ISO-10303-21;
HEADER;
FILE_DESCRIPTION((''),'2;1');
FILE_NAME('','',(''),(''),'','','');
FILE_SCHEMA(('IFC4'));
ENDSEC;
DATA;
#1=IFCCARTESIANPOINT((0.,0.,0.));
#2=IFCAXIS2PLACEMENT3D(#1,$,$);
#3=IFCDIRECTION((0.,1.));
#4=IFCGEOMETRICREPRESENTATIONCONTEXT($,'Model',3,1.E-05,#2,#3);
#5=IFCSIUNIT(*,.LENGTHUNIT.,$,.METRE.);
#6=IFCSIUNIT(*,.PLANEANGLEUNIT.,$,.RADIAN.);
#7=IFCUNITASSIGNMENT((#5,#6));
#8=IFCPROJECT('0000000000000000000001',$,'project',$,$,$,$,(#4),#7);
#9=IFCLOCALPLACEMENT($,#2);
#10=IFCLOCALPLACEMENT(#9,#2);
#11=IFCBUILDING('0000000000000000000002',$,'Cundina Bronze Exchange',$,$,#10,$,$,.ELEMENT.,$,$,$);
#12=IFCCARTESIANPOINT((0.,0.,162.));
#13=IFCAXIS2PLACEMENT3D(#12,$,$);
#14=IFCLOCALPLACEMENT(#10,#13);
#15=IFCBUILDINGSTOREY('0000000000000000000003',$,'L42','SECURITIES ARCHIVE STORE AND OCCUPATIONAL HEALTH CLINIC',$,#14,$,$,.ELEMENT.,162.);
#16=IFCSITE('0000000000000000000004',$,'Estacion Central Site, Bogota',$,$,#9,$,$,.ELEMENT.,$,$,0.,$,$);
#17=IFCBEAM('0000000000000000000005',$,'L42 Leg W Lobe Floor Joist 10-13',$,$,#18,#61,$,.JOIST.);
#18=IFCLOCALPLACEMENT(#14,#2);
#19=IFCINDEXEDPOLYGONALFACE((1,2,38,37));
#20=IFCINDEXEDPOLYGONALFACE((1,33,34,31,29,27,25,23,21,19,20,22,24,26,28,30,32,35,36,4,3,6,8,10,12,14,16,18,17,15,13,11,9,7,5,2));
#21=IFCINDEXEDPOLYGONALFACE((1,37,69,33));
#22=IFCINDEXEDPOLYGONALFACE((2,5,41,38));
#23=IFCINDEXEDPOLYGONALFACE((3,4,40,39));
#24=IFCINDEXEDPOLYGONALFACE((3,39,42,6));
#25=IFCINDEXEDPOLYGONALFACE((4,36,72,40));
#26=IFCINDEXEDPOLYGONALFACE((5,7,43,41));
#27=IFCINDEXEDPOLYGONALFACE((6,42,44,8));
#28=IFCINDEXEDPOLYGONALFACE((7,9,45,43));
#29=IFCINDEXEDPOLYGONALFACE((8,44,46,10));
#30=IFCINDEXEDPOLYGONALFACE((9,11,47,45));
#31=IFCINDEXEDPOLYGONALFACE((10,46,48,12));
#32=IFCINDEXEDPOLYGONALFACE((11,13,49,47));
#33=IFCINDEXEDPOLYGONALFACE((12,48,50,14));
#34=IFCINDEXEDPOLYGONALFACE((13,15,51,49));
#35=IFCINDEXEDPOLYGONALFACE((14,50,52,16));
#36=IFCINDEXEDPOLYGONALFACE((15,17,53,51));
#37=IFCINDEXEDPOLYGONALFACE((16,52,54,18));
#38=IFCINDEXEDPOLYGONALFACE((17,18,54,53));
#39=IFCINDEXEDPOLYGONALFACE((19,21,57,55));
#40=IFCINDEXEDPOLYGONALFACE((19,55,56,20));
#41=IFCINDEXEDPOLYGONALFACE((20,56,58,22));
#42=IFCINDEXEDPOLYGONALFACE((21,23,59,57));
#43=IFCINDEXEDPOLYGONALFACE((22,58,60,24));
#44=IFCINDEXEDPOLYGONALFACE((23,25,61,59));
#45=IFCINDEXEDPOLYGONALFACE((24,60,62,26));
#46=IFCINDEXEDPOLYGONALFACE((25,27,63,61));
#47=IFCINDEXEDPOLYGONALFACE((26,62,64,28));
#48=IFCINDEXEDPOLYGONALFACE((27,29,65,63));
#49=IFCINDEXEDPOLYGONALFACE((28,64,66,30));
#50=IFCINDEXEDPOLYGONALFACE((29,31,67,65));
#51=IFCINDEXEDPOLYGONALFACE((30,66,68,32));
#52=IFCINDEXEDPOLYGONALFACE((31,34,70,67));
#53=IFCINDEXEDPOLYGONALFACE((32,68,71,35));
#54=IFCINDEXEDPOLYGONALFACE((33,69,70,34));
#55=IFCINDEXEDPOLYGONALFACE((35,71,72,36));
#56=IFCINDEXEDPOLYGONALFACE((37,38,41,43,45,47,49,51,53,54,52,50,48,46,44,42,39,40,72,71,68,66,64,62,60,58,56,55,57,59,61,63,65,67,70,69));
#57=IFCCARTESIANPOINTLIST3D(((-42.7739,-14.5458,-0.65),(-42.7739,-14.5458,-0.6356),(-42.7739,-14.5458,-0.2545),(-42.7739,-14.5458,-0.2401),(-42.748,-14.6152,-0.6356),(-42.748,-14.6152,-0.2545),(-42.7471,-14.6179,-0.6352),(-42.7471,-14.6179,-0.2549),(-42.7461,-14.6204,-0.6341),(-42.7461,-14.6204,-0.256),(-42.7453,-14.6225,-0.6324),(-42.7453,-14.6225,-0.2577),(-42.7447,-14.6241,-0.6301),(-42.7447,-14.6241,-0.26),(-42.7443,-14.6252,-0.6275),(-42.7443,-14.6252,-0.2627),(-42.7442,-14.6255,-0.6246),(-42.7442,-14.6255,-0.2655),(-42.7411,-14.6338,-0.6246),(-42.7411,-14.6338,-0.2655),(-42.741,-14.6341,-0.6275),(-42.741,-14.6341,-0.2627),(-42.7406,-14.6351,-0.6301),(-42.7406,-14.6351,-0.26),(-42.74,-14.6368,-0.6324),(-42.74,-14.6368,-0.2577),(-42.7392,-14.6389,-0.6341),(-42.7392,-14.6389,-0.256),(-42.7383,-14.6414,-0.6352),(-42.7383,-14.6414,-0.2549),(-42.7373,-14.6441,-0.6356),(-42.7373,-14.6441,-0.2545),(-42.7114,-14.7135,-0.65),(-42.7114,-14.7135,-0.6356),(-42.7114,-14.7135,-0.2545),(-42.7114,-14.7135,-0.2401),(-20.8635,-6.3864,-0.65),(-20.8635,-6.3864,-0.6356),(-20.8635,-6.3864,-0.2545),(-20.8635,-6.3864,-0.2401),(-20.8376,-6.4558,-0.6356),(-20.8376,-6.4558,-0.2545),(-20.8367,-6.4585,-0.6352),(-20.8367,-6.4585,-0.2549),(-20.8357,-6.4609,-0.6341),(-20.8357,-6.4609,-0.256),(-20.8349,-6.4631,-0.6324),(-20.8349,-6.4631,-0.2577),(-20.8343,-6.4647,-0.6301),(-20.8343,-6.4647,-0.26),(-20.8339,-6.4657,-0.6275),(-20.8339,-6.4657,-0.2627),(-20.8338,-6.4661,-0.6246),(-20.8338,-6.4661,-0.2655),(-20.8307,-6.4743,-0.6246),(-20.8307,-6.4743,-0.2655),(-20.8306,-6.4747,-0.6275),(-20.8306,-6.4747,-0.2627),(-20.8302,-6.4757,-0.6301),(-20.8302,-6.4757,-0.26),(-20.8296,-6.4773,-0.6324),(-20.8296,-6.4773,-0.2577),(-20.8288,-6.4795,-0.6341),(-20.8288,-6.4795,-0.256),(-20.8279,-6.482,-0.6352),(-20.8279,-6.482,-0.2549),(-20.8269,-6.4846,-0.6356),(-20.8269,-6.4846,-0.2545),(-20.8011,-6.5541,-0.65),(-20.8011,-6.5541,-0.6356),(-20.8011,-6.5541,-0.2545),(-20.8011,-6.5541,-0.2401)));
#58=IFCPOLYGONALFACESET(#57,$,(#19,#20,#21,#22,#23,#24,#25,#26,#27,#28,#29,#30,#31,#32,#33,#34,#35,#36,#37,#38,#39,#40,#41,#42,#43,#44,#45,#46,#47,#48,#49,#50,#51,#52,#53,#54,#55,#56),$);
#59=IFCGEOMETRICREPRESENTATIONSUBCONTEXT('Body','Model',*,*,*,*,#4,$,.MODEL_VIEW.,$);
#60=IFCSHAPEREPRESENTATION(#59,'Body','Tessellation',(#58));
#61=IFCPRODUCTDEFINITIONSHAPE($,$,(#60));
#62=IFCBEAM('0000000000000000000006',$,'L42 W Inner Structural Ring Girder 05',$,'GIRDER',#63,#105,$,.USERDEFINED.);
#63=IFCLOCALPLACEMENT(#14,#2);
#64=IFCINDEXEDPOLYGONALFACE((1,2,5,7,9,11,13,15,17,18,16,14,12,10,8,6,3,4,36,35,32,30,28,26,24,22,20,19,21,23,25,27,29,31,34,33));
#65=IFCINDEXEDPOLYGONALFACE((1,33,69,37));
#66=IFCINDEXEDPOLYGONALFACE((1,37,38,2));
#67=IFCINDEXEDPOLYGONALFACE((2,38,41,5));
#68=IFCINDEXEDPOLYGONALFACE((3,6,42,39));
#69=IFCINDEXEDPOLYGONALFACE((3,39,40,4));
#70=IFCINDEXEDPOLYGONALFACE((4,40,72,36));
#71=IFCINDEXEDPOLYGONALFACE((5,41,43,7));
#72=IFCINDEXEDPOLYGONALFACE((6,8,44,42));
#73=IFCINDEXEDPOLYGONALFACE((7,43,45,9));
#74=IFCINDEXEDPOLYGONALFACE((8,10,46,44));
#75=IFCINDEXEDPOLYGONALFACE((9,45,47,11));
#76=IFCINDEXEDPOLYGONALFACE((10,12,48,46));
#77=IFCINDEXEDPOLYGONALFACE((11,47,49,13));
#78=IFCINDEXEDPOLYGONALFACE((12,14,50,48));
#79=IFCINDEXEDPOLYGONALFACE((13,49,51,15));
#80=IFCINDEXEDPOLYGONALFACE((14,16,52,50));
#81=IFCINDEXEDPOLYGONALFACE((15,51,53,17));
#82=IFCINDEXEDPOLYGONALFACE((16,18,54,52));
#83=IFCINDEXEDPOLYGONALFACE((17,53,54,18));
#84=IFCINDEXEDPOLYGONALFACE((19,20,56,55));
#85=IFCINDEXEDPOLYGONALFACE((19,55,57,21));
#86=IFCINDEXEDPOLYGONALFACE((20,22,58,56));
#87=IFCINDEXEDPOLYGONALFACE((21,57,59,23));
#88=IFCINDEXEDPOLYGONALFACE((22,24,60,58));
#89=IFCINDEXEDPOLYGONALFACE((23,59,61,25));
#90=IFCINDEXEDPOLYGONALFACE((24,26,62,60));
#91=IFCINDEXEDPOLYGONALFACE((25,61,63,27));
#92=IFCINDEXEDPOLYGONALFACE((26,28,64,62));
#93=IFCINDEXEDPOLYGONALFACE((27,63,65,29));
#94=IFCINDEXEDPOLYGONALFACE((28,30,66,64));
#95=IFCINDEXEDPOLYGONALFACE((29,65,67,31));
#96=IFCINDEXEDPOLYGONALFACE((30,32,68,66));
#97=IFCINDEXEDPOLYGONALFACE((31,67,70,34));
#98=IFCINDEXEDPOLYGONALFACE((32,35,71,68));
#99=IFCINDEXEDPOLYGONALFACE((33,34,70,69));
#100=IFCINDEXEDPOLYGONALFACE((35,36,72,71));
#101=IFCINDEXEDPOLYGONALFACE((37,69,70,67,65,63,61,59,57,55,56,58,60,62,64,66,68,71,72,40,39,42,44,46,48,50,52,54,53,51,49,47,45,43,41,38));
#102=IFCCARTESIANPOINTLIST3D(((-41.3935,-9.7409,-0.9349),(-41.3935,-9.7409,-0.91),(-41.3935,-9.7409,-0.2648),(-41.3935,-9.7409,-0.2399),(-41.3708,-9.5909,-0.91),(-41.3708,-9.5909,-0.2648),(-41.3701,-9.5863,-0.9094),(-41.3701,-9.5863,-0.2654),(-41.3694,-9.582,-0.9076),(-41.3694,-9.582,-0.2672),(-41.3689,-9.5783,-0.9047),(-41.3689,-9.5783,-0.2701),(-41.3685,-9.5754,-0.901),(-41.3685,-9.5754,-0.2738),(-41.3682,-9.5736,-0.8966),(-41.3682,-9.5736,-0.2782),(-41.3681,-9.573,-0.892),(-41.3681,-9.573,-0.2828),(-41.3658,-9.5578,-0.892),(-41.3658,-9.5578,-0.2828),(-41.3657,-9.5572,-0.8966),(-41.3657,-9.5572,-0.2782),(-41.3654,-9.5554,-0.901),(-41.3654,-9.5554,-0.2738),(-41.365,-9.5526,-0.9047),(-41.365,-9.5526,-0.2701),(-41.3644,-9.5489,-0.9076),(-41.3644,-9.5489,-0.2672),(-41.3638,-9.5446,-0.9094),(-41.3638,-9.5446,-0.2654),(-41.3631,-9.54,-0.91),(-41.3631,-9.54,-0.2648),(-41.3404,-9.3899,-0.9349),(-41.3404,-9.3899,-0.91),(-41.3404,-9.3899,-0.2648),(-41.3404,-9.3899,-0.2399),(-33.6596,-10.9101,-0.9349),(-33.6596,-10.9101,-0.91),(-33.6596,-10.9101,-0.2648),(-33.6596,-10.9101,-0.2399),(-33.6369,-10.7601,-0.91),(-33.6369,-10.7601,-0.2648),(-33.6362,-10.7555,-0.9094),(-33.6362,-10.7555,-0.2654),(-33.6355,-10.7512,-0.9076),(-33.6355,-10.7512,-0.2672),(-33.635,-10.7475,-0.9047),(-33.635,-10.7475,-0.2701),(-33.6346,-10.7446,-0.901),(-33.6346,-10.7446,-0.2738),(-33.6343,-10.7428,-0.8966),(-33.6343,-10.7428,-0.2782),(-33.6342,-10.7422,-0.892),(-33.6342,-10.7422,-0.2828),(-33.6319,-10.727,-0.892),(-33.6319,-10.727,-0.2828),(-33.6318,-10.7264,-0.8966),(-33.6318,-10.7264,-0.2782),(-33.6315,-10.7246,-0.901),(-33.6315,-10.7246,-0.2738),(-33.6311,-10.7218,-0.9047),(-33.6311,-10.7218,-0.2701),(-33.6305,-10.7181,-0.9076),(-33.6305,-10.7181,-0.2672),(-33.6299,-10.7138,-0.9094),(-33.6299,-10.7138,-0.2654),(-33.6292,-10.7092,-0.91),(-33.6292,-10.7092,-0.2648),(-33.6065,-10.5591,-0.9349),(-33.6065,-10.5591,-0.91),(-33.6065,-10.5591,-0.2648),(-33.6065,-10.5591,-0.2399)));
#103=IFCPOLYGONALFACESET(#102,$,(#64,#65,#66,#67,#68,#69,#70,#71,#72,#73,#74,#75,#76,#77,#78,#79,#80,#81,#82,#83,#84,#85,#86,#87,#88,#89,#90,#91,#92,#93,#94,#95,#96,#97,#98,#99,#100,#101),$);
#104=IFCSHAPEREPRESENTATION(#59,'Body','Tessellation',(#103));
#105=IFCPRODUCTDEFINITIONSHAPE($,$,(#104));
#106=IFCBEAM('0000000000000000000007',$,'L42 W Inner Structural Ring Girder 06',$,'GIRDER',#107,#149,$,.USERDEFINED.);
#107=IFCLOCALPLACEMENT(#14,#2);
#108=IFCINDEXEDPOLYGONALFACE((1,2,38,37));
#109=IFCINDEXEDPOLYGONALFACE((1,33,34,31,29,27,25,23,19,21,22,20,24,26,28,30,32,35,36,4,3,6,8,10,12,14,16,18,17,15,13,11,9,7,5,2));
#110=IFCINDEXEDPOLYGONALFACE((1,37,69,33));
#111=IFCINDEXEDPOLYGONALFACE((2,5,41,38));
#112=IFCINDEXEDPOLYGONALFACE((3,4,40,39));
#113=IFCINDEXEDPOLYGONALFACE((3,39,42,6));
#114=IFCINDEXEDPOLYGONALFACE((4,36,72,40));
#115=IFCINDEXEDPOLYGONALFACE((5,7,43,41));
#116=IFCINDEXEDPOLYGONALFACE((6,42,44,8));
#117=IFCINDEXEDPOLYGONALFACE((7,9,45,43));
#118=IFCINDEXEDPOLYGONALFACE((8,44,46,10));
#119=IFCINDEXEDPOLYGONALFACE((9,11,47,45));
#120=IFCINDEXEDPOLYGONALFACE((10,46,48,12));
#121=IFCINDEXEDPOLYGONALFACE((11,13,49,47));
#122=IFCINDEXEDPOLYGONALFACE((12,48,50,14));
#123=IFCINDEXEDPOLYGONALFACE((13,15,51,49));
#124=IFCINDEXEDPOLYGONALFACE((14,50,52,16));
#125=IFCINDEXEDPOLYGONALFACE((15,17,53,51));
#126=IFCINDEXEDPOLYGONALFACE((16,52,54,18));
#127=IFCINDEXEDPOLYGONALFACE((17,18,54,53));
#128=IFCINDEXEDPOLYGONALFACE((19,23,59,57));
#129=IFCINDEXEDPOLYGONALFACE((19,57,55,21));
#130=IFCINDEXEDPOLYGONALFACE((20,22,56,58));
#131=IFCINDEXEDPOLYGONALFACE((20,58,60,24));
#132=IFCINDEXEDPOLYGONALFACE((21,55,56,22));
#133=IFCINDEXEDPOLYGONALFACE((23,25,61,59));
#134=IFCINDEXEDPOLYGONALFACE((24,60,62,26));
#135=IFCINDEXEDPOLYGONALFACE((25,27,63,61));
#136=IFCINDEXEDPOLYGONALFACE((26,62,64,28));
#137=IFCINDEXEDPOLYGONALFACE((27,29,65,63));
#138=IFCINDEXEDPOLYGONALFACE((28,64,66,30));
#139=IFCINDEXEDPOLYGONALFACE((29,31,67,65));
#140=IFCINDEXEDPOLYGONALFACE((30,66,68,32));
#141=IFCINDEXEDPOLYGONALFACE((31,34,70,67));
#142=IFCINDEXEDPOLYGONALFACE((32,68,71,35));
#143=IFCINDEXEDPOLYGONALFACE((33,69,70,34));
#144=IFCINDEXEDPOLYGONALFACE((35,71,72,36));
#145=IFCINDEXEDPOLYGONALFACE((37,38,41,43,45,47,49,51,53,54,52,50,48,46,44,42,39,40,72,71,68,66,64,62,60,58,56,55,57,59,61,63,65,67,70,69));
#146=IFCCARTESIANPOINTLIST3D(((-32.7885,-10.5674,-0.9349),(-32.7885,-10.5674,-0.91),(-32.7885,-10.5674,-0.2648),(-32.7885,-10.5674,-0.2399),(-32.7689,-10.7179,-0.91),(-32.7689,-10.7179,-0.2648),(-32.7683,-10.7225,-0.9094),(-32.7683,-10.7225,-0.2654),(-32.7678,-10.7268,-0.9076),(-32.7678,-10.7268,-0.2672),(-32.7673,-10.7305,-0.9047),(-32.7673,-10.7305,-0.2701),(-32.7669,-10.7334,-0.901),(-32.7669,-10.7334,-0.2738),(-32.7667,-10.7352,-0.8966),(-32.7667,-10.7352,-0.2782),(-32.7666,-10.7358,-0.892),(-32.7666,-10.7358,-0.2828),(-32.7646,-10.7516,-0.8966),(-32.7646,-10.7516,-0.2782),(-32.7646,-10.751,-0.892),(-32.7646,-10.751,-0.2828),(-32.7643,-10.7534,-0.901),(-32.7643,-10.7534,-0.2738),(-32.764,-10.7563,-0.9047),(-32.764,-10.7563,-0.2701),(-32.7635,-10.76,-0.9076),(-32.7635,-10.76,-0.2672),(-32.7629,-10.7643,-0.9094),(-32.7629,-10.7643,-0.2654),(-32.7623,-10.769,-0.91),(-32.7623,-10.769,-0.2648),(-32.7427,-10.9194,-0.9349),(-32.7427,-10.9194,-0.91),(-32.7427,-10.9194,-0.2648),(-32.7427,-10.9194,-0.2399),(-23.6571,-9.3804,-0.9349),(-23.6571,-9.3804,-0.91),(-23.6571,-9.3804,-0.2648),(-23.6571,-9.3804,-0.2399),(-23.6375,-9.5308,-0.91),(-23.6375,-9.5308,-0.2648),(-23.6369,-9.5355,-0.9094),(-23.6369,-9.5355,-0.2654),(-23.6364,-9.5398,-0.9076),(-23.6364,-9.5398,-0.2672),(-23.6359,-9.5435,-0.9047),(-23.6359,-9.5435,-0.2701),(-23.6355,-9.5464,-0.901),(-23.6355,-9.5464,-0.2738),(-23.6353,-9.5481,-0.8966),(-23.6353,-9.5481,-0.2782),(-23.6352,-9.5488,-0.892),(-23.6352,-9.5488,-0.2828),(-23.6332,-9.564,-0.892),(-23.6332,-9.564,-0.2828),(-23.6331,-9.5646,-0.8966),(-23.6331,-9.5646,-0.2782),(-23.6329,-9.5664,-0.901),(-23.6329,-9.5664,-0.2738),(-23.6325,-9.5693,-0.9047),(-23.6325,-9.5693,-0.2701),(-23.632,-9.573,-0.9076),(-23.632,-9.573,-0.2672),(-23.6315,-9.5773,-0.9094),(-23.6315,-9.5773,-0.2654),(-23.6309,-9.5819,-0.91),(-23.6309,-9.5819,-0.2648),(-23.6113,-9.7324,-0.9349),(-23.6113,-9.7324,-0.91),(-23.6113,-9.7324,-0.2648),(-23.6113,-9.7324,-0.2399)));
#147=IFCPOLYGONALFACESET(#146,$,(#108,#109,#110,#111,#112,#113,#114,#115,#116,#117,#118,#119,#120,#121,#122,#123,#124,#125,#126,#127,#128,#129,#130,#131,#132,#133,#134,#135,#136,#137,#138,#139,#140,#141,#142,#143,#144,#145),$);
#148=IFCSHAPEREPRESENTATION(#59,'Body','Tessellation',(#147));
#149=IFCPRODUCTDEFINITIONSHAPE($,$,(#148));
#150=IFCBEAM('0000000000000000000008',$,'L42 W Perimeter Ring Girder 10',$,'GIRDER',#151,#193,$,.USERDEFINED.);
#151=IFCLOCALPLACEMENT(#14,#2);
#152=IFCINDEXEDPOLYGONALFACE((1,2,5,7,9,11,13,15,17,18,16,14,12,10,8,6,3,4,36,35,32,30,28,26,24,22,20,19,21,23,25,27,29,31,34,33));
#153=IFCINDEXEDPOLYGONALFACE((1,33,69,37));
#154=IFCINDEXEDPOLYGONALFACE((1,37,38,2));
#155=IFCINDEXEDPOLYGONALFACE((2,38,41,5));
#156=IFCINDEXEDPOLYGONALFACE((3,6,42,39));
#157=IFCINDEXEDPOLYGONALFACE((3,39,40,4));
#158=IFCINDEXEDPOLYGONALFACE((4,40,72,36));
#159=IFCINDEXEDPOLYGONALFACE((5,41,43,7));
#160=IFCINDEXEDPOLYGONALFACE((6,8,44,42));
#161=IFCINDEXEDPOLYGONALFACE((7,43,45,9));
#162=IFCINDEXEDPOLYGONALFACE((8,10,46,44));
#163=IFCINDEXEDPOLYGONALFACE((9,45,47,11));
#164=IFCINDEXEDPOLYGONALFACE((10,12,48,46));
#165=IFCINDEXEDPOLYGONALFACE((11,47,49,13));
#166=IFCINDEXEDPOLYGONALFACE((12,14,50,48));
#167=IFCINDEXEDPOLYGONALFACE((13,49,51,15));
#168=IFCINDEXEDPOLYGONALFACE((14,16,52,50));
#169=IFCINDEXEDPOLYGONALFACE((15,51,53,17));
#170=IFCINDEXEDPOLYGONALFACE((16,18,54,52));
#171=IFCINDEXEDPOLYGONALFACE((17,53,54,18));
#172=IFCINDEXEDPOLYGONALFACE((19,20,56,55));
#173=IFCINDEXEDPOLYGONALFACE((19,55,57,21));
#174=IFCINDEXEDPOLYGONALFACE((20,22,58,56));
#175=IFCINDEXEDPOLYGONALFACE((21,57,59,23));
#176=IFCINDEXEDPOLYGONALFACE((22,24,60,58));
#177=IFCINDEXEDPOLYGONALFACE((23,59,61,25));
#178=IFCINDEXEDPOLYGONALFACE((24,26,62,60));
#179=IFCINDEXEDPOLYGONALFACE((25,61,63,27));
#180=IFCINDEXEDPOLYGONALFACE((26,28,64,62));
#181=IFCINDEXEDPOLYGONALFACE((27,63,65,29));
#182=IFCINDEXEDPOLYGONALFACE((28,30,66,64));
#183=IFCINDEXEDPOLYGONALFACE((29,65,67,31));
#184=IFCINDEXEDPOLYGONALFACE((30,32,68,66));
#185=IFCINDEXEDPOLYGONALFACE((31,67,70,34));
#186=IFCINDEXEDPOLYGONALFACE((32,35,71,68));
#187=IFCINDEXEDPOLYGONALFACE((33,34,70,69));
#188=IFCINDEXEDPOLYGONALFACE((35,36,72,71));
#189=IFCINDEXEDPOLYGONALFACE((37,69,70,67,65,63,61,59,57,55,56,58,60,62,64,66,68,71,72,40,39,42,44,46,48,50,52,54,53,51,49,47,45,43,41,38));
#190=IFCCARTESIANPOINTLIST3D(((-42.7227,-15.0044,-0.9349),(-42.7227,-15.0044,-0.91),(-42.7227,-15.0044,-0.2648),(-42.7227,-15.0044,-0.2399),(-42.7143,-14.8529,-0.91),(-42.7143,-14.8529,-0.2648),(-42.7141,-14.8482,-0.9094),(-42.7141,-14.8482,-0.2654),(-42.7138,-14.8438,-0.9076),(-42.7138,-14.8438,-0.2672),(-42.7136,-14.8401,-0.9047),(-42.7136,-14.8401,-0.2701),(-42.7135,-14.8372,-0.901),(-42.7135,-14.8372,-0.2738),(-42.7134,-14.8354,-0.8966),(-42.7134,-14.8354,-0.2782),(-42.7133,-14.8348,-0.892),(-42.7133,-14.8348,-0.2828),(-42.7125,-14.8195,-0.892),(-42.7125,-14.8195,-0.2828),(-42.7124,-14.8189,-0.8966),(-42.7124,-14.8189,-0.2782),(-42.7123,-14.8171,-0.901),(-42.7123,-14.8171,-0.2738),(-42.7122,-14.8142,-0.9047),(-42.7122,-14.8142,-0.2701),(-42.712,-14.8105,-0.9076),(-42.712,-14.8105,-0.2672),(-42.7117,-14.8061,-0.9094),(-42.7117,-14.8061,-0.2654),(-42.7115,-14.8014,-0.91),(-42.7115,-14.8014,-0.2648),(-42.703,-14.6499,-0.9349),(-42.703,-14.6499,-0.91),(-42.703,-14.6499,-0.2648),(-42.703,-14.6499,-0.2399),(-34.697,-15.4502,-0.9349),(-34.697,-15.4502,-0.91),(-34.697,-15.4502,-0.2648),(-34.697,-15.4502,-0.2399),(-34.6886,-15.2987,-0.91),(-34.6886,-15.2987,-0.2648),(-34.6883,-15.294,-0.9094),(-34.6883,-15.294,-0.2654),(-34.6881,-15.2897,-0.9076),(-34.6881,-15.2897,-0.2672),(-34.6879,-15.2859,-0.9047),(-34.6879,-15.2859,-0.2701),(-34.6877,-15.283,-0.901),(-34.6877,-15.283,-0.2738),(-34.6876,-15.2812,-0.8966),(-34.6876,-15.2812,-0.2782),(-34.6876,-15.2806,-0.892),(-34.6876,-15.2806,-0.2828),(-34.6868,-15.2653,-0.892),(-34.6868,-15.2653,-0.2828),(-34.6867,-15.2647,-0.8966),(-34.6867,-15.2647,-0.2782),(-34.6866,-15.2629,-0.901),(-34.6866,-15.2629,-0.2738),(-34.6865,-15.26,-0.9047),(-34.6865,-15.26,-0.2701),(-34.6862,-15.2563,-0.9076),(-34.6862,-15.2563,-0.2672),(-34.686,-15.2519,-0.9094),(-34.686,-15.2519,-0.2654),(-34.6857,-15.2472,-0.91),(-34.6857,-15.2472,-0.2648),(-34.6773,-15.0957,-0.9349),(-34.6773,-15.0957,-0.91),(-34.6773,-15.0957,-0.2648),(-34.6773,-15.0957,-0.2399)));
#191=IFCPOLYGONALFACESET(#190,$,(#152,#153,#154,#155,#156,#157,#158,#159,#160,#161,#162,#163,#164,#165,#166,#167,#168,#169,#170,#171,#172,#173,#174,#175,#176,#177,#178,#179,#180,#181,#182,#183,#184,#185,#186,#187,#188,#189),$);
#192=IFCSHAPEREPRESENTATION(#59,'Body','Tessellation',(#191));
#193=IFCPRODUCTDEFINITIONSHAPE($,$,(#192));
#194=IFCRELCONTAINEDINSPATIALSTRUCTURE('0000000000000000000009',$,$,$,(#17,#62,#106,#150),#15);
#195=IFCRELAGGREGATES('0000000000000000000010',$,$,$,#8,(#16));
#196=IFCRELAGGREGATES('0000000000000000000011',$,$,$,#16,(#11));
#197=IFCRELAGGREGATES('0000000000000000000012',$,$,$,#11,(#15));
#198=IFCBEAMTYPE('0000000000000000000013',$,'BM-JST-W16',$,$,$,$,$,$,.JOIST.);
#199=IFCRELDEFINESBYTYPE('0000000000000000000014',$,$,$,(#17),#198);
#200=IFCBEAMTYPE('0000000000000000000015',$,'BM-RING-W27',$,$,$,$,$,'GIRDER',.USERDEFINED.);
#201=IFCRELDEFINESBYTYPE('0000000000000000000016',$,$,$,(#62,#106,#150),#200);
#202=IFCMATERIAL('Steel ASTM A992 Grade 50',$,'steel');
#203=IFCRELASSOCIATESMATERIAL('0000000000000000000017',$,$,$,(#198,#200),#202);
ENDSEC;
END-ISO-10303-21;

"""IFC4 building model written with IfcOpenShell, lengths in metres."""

from ifc_helpers import new_model, si_unit, direction, frame, origin, origin_2d, place, context, subcontext, project, spatial, i_section, extrude, material, material_profile, profile_set, type_object, element, save


model = new_model("IFC4")

# Units and contexts
model_context = context("Model", 3, precision=1e-05, world=origin(), true_north=direction((0.0, 1.0)))
body_context = subcontext(model_context, "Body", "Model", "MODEL_VIEW")
ifc_project = project(units=[si_unit("LENGTHUNIT", "METRE"), si_unit("PLANEANGLEUNIT", "RADIAN")], contexts=[model_context])

# Site, building, storey
site_placement = place(None, origin())
site = spatial("IfcSite", under=ifc_project, at=site_placement, Name="Estacion Central Site, Bogota", CompositionType="ELEMENT", RefElevation=0.0)
building_placement = place(site_placement, origin())
building = spatial("IfcBuilding", under=site, at=building_placement, Name="Cundina Bronze Exchange", CompositionType="ELEMENT")
storey_placement = place(building_placement, frame((0.0, 0.0, 162.0)))
storey = spatial("IfcBuildingStorey", under=building, at=storey_placement, Name="L42", Description="SECURITIES ARCHIVE STORE AND OCCUPATIONAL HEALTH CLINIC", CompositionType="ELEMENT", Elevation=162.0)

# Beams
ifc_material_1 = material(Name="Steel ASTM A992 Grade 50", Category="steel")
ifc_material_profile_1 = material_profile(ifc_material_1, i_section(OverallWidth=0.179, OverallDepth=0.4099, WebThickness=0.0088, FlangeThickness=0.0144, FilletRadius=0.011, at=origin_2d()), Name="W16X45", Category="steel")
ifc_profile_set_1 = profile_set([ifc_material_profile_1], Name="Steel ASTM A992 Grade 50")
beam_type_1 = type_object("IfcBeamType", Name="BM-JST-W16", PredefinedType="JOIST", material=ifc_profile_set_1)
beam_1_placement = place(storey_placement, frame((-42.7427, -14.6296, -0.4451), z_axis=(0.937128, 0.348986, 0.0), x_axis=(-0.348986, 0.937128, 0.0)))
element("IfcBeam", 1, at=beam_1_placement, inside=storey, type_object=beam_type_1, Name="L42 Leg W Lobe Floor Joist 10-13", PredefinedType="JOIST", context=body_context, shape_type="SweptSolid", body=[
    extrude(i_section(OverallWidth=0.179, OverallDepth=0.4099, WebThickness=0.0088, FlangeThickness=0.0144, FilletRadius=0.011, at=origin_2d()), origin(), (0.0, 0.0, 1.0), 23.3804),
])
ifc_material_profile_2 = material_profile(ifc_material_1, i_section(OverallWidth=0.355, OverallDepth=0.6951, WebThickness=0.0154, FlangeThickness=0.0249, FilletRadius=0.0181, at=origin_2d()), Name="W27X146", Category="steel")
ifc_profile_set_2 = profile_set([ifc_material_profile_2], Name="Steel ASTM A992 Grade 50")
beam_type_2 = type_object("IfcBeamType", Name="BM-RING-W27", ElementType="GIRDER", PredefinedType="USERDEFINED", material=ifc_profile_set_2)
beam_2_placement = place(storey_placement, frame((-41.3669, -9.5654, -0.5874), z_axis=(0.988765, -0.149479, 0.0), x_axis=(0.149479, 0.988765, 0.0)))
element("IfcBeam", 2, at=beam_2_placement, inside=storey, type_object=beam_type_2, Name="L42 W Inner Structural Ring Girder 05", ObjectType="GIRDER", PredefinedType="USERDEFINED", context=body_context, shape_type="SweptSolid", body=[
    extrude(i_section(OverallWidth=0.355, OverallDepth=0.6951, WebThickness=0.0154, FlangeThickness=0.0249, FilletRadius=0.0181, at=origin_2d()), origin(), (0.0, 0.0, 1.0), 7.8218),
])
beam_3_placement = place(storey_placement, frame((-32.7656, -10.7434, -0.5874), z_axis=(0.991656, 0.128908, 0.0), x_axis=(-0.128908, 0.991656, 0.0)))
element("IfcBeam", 3, at=beam_3_placement, inside=storey, type_object=beam_type_2, Name="L42 W Inner Structural Ring Girder 06", ObjectType="GIRDER", PredefinedType="USERDEFINED", context=body_context, shape_type="SweptSolid", body=[
    extrude(i_section(OverallWidth=0.355, OverallDepth=0.6951, WebThickness=0.0154, FlangeThickness=0.0249, FilletRadius=0.0181, at=origin_2d()), origin(), (0.0, 0.0, 1.0), 9.2083),
])
for number, where, z_axis, x_axis, name in (
    (4, (-42.7129, -14.8271, -0.5874), (0.998461, -0.055462, 0.0), (0.055462, 0.998461, 0.0), "L42 W Perimeter Ring Girder 10"),
):
    element("IfcBeam", number, at=place(storey_placement, frame(where, z_axis=z_axis, x_axis=x_axis)), inside=storey, type_object=beam_type_2, Name=name, ObjectType="GIRDER", PredefinedType="USERDEFINED", context=body_context, shape_type="SweptSolid", body=[
        extrude(i_section(OverallWidth=0.355, OverallDepth=0.6951, WebThickness=0.0154, FlangeThickness=0.0249, FilletRadius=0.0181, at=origin_2d()), origin(), (0.0, 0.0, 1.0), 8.0381),
    ])

save(model, "model.ifc")
